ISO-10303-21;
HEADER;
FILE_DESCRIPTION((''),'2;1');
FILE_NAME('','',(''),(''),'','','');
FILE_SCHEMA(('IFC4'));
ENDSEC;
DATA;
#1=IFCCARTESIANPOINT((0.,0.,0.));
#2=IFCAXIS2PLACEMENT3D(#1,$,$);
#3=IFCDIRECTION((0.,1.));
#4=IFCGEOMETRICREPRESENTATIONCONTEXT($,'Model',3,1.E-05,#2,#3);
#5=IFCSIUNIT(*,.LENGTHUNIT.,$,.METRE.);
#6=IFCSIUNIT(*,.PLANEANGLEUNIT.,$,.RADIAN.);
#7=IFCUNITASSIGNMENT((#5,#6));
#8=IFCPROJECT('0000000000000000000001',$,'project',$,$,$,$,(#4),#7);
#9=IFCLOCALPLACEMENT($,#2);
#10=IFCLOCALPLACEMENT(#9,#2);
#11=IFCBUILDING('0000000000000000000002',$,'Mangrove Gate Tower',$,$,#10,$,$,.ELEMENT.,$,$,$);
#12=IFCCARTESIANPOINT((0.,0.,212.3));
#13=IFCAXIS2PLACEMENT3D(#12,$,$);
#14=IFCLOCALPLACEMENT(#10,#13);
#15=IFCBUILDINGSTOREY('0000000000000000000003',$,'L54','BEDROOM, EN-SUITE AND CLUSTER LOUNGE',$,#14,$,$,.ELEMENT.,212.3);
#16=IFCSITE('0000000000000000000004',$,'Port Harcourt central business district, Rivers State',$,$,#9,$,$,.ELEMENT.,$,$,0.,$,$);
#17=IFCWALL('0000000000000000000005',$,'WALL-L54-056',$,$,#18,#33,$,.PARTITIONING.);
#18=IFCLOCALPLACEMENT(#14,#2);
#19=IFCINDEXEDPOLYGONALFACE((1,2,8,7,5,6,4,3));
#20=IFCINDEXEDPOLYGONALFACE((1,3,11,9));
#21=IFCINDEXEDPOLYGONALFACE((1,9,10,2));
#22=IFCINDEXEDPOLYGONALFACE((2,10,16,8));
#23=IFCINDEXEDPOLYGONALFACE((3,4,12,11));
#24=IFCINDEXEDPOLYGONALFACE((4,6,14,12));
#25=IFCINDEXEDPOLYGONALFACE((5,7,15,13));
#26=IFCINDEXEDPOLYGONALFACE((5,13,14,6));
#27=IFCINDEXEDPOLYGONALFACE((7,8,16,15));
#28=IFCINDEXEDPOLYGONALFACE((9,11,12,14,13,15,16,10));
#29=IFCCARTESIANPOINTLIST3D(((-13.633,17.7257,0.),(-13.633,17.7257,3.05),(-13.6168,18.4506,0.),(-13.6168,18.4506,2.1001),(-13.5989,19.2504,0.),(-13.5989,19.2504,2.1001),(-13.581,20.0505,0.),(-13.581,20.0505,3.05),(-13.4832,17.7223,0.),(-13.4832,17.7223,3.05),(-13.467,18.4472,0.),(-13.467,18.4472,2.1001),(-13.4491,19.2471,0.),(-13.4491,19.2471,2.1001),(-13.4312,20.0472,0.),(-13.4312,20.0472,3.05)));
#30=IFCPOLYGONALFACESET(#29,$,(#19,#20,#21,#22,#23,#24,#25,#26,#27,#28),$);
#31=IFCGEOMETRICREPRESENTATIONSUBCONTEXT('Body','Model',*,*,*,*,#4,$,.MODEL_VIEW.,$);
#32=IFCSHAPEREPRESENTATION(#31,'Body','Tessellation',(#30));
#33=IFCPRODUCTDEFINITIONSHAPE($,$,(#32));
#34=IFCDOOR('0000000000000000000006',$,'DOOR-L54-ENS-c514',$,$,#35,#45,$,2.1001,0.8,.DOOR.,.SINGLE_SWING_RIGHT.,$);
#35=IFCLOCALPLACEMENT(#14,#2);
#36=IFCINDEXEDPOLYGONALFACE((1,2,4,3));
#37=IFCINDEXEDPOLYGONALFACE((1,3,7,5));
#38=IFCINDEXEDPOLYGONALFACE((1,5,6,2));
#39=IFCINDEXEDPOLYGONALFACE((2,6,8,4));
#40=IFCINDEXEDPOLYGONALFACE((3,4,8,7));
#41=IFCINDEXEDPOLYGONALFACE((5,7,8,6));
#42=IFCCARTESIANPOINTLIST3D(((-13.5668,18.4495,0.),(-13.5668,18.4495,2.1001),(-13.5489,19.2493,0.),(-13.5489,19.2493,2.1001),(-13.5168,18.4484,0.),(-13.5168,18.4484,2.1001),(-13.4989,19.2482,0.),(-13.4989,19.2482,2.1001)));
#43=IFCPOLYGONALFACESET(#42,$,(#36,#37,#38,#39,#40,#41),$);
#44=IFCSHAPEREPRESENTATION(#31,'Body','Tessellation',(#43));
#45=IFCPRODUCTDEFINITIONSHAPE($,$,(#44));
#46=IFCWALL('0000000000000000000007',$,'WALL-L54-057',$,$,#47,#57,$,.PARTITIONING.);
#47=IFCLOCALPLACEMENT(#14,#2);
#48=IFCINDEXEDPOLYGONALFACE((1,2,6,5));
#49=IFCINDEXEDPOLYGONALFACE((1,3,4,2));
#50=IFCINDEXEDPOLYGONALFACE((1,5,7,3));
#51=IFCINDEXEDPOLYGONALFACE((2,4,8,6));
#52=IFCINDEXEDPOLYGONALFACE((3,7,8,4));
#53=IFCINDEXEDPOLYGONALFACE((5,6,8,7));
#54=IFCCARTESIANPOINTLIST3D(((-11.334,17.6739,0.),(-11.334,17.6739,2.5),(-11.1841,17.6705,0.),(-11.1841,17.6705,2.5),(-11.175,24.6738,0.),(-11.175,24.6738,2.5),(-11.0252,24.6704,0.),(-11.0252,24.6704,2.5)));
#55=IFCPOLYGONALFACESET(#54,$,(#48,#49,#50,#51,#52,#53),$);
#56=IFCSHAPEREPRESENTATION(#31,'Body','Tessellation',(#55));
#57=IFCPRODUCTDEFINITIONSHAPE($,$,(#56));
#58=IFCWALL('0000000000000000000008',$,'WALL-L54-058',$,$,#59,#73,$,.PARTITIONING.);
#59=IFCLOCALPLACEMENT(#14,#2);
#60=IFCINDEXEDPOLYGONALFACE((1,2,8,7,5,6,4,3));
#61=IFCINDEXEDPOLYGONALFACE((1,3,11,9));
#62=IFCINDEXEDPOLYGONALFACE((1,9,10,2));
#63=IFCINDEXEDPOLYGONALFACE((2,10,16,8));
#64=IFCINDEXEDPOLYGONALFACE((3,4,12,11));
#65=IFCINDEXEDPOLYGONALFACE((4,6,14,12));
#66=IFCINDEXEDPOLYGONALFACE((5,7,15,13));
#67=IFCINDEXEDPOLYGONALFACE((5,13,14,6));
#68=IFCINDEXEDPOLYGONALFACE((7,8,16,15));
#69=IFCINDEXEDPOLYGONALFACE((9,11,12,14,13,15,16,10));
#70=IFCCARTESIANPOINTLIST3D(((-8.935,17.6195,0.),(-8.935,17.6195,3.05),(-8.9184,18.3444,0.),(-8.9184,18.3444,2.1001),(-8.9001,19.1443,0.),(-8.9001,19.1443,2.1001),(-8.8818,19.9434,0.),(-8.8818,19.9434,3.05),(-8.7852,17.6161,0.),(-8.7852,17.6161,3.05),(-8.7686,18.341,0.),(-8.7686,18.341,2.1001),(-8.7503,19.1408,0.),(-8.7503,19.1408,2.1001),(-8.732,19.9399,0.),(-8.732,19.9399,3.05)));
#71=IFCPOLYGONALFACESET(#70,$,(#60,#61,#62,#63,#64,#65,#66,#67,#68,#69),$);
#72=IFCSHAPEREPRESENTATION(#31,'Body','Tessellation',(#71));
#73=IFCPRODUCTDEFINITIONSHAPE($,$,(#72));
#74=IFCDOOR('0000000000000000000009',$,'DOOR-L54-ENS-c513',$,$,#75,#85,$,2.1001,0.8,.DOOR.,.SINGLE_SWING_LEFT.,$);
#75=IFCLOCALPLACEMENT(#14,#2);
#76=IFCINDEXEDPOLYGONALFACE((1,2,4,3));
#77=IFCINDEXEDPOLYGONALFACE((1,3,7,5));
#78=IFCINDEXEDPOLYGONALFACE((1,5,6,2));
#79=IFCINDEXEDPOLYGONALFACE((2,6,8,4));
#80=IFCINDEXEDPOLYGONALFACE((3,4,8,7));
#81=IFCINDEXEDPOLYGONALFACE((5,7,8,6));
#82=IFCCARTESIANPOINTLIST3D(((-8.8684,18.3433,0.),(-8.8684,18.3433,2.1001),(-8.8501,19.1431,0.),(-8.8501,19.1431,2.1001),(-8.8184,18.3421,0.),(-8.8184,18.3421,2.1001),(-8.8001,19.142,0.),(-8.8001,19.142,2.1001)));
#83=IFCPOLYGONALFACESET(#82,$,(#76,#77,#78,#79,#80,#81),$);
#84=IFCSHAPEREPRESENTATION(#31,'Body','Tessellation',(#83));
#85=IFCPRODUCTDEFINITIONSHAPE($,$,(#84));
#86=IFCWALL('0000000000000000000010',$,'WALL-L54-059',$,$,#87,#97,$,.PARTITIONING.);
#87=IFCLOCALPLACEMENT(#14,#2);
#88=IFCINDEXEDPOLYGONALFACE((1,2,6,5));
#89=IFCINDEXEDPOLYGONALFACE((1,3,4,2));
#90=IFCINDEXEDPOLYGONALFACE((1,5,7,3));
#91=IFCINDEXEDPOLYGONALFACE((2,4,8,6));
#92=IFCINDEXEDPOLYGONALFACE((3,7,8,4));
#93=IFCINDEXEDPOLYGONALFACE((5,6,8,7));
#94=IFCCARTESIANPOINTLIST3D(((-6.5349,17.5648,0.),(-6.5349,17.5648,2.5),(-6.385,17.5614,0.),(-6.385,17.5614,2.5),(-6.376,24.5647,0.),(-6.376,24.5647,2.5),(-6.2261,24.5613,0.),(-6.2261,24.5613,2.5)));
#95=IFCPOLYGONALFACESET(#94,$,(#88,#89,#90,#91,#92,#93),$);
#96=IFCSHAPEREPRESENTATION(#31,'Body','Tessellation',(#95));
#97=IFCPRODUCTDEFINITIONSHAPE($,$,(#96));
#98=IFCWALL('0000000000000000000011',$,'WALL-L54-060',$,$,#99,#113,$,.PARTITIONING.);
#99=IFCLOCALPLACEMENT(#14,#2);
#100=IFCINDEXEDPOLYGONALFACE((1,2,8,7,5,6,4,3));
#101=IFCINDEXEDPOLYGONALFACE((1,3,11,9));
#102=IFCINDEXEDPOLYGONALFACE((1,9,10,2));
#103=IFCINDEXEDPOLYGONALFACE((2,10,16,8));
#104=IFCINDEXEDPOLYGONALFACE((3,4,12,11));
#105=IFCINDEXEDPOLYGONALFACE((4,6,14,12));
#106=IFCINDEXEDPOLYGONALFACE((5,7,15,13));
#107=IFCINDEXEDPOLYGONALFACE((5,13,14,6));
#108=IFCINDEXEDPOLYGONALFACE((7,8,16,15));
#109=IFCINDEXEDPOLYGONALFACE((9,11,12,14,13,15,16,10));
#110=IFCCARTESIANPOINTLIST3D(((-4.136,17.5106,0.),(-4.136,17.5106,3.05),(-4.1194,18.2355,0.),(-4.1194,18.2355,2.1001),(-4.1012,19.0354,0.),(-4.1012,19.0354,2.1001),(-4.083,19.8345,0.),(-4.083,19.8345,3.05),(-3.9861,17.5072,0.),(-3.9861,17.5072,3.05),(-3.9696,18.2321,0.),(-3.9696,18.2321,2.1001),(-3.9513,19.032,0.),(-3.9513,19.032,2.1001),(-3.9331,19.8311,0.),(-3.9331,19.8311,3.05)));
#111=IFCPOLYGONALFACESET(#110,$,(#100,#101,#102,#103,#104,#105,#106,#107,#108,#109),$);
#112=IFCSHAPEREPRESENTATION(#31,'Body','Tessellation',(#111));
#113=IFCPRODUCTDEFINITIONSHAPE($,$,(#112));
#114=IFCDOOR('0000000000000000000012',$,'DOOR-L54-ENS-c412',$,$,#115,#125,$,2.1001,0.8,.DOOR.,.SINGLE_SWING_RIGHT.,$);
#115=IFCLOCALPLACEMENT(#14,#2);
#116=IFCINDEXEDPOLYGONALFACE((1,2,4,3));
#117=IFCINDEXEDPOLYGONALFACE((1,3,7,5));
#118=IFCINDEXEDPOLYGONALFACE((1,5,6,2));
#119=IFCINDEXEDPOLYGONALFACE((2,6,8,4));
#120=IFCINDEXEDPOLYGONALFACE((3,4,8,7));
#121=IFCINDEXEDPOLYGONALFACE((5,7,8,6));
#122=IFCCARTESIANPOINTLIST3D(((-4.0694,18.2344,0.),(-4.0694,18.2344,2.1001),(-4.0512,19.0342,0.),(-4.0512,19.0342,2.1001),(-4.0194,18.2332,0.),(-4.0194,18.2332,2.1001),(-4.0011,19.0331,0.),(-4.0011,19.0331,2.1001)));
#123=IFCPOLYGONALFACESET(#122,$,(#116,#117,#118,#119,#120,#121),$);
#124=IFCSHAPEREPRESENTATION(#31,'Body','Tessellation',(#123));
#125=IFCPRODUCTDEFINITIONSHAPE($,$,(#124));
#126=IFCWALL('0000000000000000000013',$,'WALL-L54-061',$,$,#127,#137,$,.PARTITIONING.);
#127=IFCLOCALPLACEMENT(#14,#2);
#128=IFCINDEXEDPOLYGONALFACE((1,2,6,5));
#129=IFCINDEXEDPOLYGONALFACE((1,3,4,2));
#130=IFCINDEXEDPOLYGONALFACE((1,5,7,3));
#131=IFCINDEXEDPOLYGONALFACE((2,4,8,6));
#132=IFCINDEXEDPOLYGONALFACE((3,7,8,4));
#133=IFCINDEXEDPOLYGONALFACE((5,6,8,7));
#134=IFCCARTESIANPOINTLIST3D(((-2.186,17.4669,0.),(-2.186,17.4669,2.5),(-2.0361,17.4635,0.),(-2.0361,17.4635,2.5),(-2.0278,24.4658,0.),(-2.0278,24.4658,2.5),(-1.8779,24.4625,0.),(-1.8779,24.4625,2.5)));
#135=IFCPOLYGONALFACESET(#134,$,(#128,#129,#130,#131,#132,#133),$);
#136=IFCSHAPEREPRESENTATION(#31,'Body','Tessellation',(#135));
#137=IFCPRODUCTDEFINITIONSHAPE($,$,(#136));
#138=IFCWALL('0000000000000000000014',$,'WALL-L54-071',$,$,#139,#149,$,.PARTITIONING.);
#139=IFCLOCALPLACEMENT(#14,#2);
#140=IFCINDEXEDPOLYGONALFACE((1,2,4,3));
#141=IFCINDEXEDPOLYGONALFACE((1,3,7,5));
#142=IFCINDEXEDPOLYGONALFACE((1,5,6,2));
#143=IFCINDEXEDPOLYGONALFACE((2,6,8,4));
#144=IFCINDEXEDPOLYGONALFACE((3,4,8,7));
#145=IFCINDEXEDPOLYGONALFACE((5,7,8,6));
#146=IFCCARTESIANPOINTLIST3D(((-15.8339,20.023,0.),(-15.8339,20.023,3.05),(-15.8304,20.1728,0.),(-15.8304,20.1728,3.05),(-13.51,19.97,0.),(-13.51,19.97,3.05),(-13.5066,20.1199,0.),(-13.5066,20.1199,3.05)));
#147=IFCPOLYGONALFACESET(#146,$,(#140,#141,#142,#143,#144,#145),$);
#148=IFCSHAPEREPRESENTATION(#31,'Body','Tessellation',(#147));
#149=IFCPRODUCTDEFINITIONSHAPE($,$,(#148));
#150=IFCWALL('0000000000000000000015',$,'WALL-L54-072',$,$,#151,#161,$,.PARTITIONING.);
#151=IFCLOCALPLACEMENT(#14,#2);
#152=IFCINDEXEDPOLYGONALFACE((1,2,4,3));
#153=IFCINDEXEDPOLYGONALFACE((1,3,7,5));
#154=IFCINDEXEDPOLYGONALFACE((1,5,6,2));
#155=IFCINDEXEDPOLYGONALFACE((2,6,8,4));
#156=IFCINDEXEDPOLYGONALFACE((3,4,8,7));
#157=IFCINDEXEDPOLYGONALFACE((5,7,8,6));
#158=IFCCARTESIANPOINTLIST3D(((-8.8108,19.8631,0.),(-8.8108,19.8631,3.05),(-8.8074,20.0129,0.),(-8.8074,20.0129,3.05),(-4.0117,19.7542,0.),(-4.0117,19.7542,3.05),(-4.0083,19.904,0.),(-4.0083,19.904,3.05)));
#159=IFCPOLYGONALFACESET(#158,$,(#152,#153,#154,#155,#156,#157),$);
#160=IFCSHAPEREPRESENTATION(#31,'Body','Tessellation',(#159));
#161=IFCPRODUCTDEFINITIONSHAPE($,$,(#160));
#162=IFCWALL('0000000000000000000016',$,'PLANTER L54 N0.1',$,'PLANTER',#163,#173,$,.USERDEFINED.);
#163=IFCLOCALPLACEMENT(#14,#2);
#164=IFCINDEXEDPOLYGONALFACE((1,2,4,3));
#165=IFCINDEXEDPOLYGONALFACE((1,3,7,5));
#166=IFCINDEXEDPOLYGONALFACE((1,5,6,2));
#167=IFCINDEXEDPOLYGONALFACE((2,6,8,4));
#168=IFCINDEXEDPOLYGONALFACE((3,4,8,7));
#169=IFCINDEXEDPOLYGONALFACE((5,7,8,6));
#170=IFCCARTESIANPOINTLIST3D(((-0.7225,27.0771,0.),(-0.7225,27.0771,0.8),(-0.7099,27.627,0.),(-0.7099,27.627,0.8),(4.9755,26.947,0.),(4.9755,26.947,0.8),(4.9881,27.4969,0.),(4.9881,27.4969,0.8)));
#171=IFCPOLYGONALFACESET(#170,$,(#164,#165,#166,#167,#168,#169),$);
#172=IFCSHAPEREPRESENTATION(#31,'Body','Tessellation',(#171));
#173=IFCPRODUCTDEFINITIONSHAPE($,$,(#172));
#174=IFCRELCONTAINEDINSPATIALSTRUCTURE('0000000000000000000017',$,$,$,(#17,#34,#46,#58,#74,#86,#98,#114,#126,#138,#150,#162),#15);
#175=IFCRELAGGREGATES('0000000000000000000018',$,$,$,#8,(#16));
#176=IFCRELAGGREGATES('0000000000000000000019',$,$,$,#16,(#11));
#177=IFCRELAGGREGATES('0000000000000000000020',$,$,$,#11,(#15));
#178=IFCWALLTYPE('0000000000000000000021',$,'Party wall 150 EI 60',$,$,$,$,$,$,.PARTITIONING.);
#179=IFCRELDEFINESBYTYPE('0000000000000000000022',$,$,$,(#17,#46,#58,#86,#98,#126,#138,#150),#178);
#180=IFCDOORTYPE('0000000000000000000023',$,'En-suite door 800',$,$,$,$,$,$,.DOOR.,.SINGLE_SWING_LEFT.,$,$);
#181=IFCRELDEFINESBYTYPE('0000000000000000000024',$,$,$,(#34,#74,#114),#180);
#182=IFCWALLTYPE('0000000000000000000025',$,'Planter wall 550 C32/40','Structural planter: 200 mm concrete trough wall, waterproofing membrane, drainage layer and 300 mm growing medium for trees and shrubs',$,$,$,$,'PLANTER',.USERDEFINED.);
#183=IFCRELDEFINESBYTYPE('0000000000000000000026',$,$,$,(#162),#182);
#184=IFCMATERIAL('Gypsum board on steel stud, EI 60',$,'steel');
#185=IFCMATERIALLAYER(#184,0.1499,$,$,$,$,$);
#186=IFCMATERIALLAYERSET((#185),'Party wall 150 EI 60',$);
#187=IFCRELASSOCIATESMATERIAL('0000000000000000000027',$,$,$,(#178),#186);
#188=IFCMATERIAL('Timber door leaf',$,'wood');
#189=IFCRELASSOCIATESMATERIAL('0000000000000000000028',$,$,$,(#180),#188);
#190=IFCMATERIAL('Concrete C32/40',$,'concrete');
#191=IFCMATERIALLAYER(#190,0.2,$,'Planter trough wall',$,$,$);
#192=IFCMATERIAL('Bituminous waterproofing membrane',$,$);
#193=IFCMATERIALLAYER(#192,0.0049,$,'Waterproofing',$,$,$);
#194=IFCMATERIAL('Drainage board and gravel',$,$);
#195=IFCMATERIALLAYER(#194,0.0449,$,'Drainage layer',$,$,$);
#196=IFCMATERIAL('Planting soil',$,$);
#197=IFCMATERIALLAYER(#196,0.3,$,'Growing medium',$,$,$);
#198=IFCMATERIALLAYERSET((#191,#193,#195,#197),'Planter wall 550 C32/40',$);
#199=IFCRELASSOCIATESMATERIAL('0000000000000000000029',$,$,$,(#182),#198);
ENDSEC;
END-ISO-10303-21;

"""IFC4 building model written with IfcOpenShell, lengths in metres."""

from ifc_helpers import new_model, si_unit, direction, frame, frame_2d, origin, place, context, subcontext, project, spatial, rectangle, extrude, material, layer, layer_set, type_object, element, fill, save


model = new_model("IFC4")

# Units and contexts
model_context = context("Model", 3, precision=1e-05, world=origin(), true_north=direction((0.0, 1.0)))
body_context = subcontext(model_context, "Body", "Model", "MODEL_VIEW")
ifc_project = project(units=[si_unit("LENGTHUNIT", "METRE"), si_unit("PLANEANGLEUNIT", "RADIAN")], contexts=[model_context])

# Site, building, storey
site_placement = place(None, origin())
site = spatial("IfcSite", under=ifc_project, at=site_placement, Name="Port Harcourt central business district, Rivers State", CompositionType="ELEMENT", RefElevation=0.0)
building_placement = place(site_placement, origin())
building = spatial("IfcBuilding", under=site, at=building_placement, Name="Mangrove Gate Tower", CompositionType="ELEMENT")
storey_placement = place(building_placement, frame((0.0, 0.0, 212.3)))
storey = spatial("IfcBuildingStorey", under=building, at=storey_placement, Name="L54", Description="BEDROOM, EN-SUITE AND CLUSTER LOUNGE", CompositionType="ELEMENT", Elevation=212.3)

# Shared definitions
ifc_material_1 = material(Name="Gypsum board on steel stud, EI 60", Category="steel")
ifc_layer_1 = layer(ifc_material_1, 0.1499)
ifc_layer_set_1 = layer_set([ifc_layer_1], Name="Party wall 150 EI 60")
wall_type_1 = type_object("IfcWallType", Name="Party wall 150 EI 60", PredefinedType="PARTITIONING", material=ifc_layer_set_1)

# Wall, opening, door
wall_1_placement = place(storey_placement, frame((-13.5581, 17.7241, 0.0), z_axis=(0.0, 0.0, 1.0), x_axis=(0.022361, 0.99975, 0.0)))
wall_1 = element("IfcWall", 1, at=wall_1_placement, inside=storey, type_object=wall_type_1, Name="WALL-L54-056", PredefinedType="PARTITIONING", context=body_context, shape_type="SweptSolid", body=[
    extrude(rectangle(XDim=2.3254, YDim=0.1499, at=frame_2d((1.1626, 0.0))), origin(), (0.0, 0.0, 1.0), 3.05),
])
opening_1_placement = place(wall_1_placement, frame((0.7251, 0.0, 0.0)))
opening_1 = element("IfcOpeningElement", 2, at=opening_1_placement, cuts=wall_1, PredefinedType="OPENING", context=body_context, shape_type="SweptSolid", body=[
    extrude(rectangle(XDim=0.8, YDim=2.1001, at=frame_2d((0.3999, 1.05))), frame((0.0, 0.085, 0.0), z_axis=(0.0, -1.0, 0.0), x_axis=(1.0, 0.0, 0.0)), (0.0, 0.0, 1.0), 0.1699),
])
ifc_material_2 = material(Name="Timber door leaf", Category="wood")
door_type_1 = type_object("IfcDoorType", Name="En-suite door 800", OperationType="SINGLE_SWING_LEFT", PredefinedType="DOOR", material=ifc_material_2)
door_1_placement = place(opening_1_placement, origin())
door_1 = element("IfcDoor", 3, at=door_1_placement, inside=storey, type_object=door_type_1, Name="DOOR-L54-ENS-c514", OperationType="SINGLE_SWING_RIGHT", OverallHeight=2.1001, OverallWidth=0.8, PredefinedType="DOOR", context=body_context, shape_type="SweptSolid", body=[
    extrude(rectangle(XDim=0.8, YDim=2.1001, at=frame_2d((0.3999, 1.05))), frame((0.0, 0.0249, 0.0), z_axis=(0.0, -1.0, 0.0), x_axis=(1.0, 0.0, 0.0)), (0.0, 0.0, 1.0), 0.05),
])
fill(opening_1, door_1)

# Wall
wall_2_placement = place(storey_placement, frame((-11.259, 17.6721, 0.0), z_axis=(0.0, 0.0, 1.0), x_axis=(0.022699, 0.999742, 0.0)))
element("IfcWall", 4, at=wall_2_placement, inside=storey, type_object=wall_type_1, Name="WALL-L54-057", PredefinedType="PARTITIONING", context=body_context, shape_type="SweptSolid", body=[
    extrude(rectangle(XDim=7.0017, YDim=0.1499, at=frame_2d((3.501, 0.0))), origin(), (0.0, 0.0, 1.0), 2.5),
])

# Wall, opening, door
wall_3_placement = place(storey_placement, frame((-8.8601, 17.6179, 0.0), z_axis=(0.0, 0.0, 1.0), x_axis=(0.022896, 0.999738, 0.0)))
wall_3 = element("IfcWall", 5, at=wall_3_placement, inside=storey, type_object=wall_type_1, Name="WALL-L54-058", PredefinedType="PARTITIONING", context=body_context, shape_type="SweptSolid", body=[
    extrude(rectangle(XDim=2.3245, YDim=0.1499, at=frame_2d((1.1621, 0.0))), origin(), (0.0, 0.0, 1.0), 3.05),
])
opening_2_placement = place(wall_3_placement, frame((0.7251, 0.0, 0.0)))
opening_2 = element("IfcOpeningElement", 6, at=opening_2_placement, cuts=wall_3, PredefinedType="OPENING", context=body_context, shape_type="SweptSolid", body=[
    extrude(rectangle(XDim=0.8, YDim=2.1001, at=frame_2d((0.3999, 1.05))), frame((0.0, 0.085, 0.0), z_axis=(0.0, -1.0, 0.0), x_axis=(1.0, 0.0, 0.0)), (0.0, 0.0, 1.0), 0.1699),
])
door_2_placement = place(opening_2_placement, origin())
door_2 = element("IfcDoor", 7, at=door_2_placement, inside=storey, type_object=door_type_1, Name="DOOR-L54-ENS-c513", OperationType="SINGLE_SWING_LEFT", OverallHeight=2.1001, OverallWidth=0.8, PredefinedType="DOOR", context=body_context, shape_type="SweptSolid", body=[
    extrude(rectangle(XDim=0.8, YDim=2.1001, at=frame_2d((0.3999, 1.05))), frame((0.0, 0.0249, 0.0), z_axis=(0.0, -1.0, 0.0), x_axis=(1.0, 0.0, 0.0)), (0.0, 0.0, 1.0), 0.05),
])
fill(opening_2, door_2)

# Wall
wall_4_placement = place(storey_placement, frame((-6.46, 17.563, 0.0), z_axis=(0.0, 0.0, 1.0), x_axis=(0.022699, 0.999742, 0.0)))
element("IfcWall", 8, at=wall_4_placement, inside=storey, type_object=wall_type_1, Name="WALL-L54-059", PredefinedType="PARTITIONING", context=body_context, shape_type="SweptSolid", body=[
    extrude(rectangle(XDim=7.0017, YDim=0.1499, at=frame_2d((3.501, 0.0))), origin(), (0.0, 0.0, 1.0), 2.5),
])

# Wall, opening, door
wall_5_placement = place(storey_placement, frame((-4.061, 17.509, 0.0), z_axis=(0.0, 0.0, 1.0), x_axis=(0.022791, 0.99974, 0.0)))
wall_5 = element("IfcWall", 9, at=wall_5_placement, inside=storey, type_object=wall_type_1, Name="WALL-L54-060", PredefinedType="PARTITIONING", context=body_context, shape_type="SweptSolid", body=[
    extrude(rectangle(XDim=2.3245, YDim=0.1499, at=frame_2d((1.1621, 0.0))), origin(), (0.0, 0.0, 1.0), 3.05),
])
opening_3_placement = place(wall_5_placement, frame((0.7251, 0.0, 0.0)))
opening_3 = element("IfcOpeningElement", 10, at=opening_3_placement, cuts=wall_5, PredefinedType="OPENING", context=body_context, shape_type="SweptSolid", body=[
    extrude(rectangle(XDim=0.8, YDim=2.1001, at=frame_2d((0.3999, 1.05))), frame((0.0, 0.085, 0.0), z_axis=(0.0, -1.0, 0.0), x_axis=(1.0, 0.0, 0.0)), (0.0, 0.0, 1.0), 0.1699),
])
door_3_placement = place(opening_3_placement, origin())
door_3 = element("IfcDoor", 11, at=door_3_placement, inside=storey, type_object=door_type_1, Name="DOOR-L54-ENS-c412", OperationType="SINGLE_SWING_RIGHT", OverallHeight=2.1001, OverallWidth=0.8, PredefinedType="DOOR", context=body_context, shape_type="SweptSolid", body=[
    extrude(rectangle(XDim=0.8, YDim=2.1001, at=frame_2d((0.3999, 1.05))), frame((0.0, 0.0249, 0.0), z_axis=(0.0, -1.0, 0.0), x_axis=(1.0, 0.0, 0.0)), (0.0, 0.0, 1.0), 0.05),
])
fill(opening_3, door_3)

# Walls
wall_6_placement = place(storey_placement, frame((-2.1111, 17.4651, 0.0), z_axis=(0.0, 0.0, 1.0), x_axis=(0.022598, 0.999745, 0.0)))
element("IfcWall", 12, at=wall_6_placement, inside=storey, type_object=wall_type_1, Name="WALL-L54-061", PredefinedType="PARTITIONING", context=body_context, shape_type="SweptSolid", body=[
    extrude(rectangle(XDim=7.0007, YDim=0.1499, at=frame_2d((3.5005, 0.0))), origin(), (0.0, 0.0, 1.0), 2.5),
])
wall_7_placement = place(storey_placement, frame((-15.832, 20.0979, 0.0), z_axis=(0.0, 0.0, 1.0), x_axis=(0.99974, -0.022791, 0.0)))
element("IfcWall", 13, at=wall_7_placement, inside=storey, type_object=wall_type_1, Name="WALL-L54-071", PredefinedType="PARTITIONING", context=body_context, shape_type="SweptSolid", body=[
    extrude(rectangle(XDim=2.3245, YDim=0.1499, at=frame_2d((1.1621, 0.0))), origin(), (0.0, 0.0, 1.0), 3.05),
])
wall_8_placement = place(storey_placement, frame((-8.8091, 19.938, 0.0), z_axis=(0.0, 0.0, 1.0), x_axis=(0.999743, -0.022683, 0.0)))
element("IfcWall", 14, at=wall_8_placement, inside=storey, type_object=wall_type_1, Name="WALL-L54-072", PredefinedType="PARTITIONING", context=body_context, shape_type="SweptSolid", body=[
    extrude(rectangle(XDim=4.8003, YDim=0.1499, at=frame_2d((2.4001, 0.0))), origin(), (0.0, 0.0, 1.0), 3.05),
])
ifc_material_3 = material(Name="Concrete C32/40", Category="concrete")
ifc_layer_2 = layer(ifc_material_3, 0.2, Name="Planter trough wall")
ifc_material_4 = material(Name="Bituminous waterproofing membrane")
ifc_layer_3 = layer(ifc_material_4, 0.0049, Name="Waterproofing")
ifc_material_5 = material(Name="Drainage board and gravel")
ifc_layer_4 = layer(ifc_material_5, 0.0449, Name="Drainage layer")
ifc_material_6 = material(Name="Planting soil")
ifc_layer_5 = layer(ifc_material_6, 0.3, Name="Growing medium")
ifc_layer_set_2 = layer_set([ifc_layer_2, ifc_layer_3, ifc_layer_4, ifc_layer_5], Name="Planter wall 550 C32/40")
wall_type_2 = type_object("IfcWallType", Name="Planter wall 550 C32/40", Description="Structural planter: 200 mm concrete trough wall, waterproofing membrane, drainage layer and 300 mm growing medium for trees and shrubs", ElementType="PLANTER", PredefinedType="USERDEFINED", material=ifc_layer_set_2)
wall_9_placement = place(storey_placement, frame((-0.7161, 27.3521, 0.0), z_axis=(0.0, 0.0, 1.0), x_axis=(0.999739, -0.022831, 0.0)))
element("IfcWall", 15, at=wall_9_placement, inside=storey, type_object=wall_type_2, Name="PLANTER L54 N0.1", ObjectType="PLANTER", PredefinedType="USERDEFINED", context=body_context, shape_type="SweptSolid", body=[
    extrude(rectangle(XDim=5.6995, YDim=0.55, at=frame_2d((2.8496, 0.0))), origin(), (0.0, 0.0, 1.0), 0.8),
])

save(model, "model.ifc")
